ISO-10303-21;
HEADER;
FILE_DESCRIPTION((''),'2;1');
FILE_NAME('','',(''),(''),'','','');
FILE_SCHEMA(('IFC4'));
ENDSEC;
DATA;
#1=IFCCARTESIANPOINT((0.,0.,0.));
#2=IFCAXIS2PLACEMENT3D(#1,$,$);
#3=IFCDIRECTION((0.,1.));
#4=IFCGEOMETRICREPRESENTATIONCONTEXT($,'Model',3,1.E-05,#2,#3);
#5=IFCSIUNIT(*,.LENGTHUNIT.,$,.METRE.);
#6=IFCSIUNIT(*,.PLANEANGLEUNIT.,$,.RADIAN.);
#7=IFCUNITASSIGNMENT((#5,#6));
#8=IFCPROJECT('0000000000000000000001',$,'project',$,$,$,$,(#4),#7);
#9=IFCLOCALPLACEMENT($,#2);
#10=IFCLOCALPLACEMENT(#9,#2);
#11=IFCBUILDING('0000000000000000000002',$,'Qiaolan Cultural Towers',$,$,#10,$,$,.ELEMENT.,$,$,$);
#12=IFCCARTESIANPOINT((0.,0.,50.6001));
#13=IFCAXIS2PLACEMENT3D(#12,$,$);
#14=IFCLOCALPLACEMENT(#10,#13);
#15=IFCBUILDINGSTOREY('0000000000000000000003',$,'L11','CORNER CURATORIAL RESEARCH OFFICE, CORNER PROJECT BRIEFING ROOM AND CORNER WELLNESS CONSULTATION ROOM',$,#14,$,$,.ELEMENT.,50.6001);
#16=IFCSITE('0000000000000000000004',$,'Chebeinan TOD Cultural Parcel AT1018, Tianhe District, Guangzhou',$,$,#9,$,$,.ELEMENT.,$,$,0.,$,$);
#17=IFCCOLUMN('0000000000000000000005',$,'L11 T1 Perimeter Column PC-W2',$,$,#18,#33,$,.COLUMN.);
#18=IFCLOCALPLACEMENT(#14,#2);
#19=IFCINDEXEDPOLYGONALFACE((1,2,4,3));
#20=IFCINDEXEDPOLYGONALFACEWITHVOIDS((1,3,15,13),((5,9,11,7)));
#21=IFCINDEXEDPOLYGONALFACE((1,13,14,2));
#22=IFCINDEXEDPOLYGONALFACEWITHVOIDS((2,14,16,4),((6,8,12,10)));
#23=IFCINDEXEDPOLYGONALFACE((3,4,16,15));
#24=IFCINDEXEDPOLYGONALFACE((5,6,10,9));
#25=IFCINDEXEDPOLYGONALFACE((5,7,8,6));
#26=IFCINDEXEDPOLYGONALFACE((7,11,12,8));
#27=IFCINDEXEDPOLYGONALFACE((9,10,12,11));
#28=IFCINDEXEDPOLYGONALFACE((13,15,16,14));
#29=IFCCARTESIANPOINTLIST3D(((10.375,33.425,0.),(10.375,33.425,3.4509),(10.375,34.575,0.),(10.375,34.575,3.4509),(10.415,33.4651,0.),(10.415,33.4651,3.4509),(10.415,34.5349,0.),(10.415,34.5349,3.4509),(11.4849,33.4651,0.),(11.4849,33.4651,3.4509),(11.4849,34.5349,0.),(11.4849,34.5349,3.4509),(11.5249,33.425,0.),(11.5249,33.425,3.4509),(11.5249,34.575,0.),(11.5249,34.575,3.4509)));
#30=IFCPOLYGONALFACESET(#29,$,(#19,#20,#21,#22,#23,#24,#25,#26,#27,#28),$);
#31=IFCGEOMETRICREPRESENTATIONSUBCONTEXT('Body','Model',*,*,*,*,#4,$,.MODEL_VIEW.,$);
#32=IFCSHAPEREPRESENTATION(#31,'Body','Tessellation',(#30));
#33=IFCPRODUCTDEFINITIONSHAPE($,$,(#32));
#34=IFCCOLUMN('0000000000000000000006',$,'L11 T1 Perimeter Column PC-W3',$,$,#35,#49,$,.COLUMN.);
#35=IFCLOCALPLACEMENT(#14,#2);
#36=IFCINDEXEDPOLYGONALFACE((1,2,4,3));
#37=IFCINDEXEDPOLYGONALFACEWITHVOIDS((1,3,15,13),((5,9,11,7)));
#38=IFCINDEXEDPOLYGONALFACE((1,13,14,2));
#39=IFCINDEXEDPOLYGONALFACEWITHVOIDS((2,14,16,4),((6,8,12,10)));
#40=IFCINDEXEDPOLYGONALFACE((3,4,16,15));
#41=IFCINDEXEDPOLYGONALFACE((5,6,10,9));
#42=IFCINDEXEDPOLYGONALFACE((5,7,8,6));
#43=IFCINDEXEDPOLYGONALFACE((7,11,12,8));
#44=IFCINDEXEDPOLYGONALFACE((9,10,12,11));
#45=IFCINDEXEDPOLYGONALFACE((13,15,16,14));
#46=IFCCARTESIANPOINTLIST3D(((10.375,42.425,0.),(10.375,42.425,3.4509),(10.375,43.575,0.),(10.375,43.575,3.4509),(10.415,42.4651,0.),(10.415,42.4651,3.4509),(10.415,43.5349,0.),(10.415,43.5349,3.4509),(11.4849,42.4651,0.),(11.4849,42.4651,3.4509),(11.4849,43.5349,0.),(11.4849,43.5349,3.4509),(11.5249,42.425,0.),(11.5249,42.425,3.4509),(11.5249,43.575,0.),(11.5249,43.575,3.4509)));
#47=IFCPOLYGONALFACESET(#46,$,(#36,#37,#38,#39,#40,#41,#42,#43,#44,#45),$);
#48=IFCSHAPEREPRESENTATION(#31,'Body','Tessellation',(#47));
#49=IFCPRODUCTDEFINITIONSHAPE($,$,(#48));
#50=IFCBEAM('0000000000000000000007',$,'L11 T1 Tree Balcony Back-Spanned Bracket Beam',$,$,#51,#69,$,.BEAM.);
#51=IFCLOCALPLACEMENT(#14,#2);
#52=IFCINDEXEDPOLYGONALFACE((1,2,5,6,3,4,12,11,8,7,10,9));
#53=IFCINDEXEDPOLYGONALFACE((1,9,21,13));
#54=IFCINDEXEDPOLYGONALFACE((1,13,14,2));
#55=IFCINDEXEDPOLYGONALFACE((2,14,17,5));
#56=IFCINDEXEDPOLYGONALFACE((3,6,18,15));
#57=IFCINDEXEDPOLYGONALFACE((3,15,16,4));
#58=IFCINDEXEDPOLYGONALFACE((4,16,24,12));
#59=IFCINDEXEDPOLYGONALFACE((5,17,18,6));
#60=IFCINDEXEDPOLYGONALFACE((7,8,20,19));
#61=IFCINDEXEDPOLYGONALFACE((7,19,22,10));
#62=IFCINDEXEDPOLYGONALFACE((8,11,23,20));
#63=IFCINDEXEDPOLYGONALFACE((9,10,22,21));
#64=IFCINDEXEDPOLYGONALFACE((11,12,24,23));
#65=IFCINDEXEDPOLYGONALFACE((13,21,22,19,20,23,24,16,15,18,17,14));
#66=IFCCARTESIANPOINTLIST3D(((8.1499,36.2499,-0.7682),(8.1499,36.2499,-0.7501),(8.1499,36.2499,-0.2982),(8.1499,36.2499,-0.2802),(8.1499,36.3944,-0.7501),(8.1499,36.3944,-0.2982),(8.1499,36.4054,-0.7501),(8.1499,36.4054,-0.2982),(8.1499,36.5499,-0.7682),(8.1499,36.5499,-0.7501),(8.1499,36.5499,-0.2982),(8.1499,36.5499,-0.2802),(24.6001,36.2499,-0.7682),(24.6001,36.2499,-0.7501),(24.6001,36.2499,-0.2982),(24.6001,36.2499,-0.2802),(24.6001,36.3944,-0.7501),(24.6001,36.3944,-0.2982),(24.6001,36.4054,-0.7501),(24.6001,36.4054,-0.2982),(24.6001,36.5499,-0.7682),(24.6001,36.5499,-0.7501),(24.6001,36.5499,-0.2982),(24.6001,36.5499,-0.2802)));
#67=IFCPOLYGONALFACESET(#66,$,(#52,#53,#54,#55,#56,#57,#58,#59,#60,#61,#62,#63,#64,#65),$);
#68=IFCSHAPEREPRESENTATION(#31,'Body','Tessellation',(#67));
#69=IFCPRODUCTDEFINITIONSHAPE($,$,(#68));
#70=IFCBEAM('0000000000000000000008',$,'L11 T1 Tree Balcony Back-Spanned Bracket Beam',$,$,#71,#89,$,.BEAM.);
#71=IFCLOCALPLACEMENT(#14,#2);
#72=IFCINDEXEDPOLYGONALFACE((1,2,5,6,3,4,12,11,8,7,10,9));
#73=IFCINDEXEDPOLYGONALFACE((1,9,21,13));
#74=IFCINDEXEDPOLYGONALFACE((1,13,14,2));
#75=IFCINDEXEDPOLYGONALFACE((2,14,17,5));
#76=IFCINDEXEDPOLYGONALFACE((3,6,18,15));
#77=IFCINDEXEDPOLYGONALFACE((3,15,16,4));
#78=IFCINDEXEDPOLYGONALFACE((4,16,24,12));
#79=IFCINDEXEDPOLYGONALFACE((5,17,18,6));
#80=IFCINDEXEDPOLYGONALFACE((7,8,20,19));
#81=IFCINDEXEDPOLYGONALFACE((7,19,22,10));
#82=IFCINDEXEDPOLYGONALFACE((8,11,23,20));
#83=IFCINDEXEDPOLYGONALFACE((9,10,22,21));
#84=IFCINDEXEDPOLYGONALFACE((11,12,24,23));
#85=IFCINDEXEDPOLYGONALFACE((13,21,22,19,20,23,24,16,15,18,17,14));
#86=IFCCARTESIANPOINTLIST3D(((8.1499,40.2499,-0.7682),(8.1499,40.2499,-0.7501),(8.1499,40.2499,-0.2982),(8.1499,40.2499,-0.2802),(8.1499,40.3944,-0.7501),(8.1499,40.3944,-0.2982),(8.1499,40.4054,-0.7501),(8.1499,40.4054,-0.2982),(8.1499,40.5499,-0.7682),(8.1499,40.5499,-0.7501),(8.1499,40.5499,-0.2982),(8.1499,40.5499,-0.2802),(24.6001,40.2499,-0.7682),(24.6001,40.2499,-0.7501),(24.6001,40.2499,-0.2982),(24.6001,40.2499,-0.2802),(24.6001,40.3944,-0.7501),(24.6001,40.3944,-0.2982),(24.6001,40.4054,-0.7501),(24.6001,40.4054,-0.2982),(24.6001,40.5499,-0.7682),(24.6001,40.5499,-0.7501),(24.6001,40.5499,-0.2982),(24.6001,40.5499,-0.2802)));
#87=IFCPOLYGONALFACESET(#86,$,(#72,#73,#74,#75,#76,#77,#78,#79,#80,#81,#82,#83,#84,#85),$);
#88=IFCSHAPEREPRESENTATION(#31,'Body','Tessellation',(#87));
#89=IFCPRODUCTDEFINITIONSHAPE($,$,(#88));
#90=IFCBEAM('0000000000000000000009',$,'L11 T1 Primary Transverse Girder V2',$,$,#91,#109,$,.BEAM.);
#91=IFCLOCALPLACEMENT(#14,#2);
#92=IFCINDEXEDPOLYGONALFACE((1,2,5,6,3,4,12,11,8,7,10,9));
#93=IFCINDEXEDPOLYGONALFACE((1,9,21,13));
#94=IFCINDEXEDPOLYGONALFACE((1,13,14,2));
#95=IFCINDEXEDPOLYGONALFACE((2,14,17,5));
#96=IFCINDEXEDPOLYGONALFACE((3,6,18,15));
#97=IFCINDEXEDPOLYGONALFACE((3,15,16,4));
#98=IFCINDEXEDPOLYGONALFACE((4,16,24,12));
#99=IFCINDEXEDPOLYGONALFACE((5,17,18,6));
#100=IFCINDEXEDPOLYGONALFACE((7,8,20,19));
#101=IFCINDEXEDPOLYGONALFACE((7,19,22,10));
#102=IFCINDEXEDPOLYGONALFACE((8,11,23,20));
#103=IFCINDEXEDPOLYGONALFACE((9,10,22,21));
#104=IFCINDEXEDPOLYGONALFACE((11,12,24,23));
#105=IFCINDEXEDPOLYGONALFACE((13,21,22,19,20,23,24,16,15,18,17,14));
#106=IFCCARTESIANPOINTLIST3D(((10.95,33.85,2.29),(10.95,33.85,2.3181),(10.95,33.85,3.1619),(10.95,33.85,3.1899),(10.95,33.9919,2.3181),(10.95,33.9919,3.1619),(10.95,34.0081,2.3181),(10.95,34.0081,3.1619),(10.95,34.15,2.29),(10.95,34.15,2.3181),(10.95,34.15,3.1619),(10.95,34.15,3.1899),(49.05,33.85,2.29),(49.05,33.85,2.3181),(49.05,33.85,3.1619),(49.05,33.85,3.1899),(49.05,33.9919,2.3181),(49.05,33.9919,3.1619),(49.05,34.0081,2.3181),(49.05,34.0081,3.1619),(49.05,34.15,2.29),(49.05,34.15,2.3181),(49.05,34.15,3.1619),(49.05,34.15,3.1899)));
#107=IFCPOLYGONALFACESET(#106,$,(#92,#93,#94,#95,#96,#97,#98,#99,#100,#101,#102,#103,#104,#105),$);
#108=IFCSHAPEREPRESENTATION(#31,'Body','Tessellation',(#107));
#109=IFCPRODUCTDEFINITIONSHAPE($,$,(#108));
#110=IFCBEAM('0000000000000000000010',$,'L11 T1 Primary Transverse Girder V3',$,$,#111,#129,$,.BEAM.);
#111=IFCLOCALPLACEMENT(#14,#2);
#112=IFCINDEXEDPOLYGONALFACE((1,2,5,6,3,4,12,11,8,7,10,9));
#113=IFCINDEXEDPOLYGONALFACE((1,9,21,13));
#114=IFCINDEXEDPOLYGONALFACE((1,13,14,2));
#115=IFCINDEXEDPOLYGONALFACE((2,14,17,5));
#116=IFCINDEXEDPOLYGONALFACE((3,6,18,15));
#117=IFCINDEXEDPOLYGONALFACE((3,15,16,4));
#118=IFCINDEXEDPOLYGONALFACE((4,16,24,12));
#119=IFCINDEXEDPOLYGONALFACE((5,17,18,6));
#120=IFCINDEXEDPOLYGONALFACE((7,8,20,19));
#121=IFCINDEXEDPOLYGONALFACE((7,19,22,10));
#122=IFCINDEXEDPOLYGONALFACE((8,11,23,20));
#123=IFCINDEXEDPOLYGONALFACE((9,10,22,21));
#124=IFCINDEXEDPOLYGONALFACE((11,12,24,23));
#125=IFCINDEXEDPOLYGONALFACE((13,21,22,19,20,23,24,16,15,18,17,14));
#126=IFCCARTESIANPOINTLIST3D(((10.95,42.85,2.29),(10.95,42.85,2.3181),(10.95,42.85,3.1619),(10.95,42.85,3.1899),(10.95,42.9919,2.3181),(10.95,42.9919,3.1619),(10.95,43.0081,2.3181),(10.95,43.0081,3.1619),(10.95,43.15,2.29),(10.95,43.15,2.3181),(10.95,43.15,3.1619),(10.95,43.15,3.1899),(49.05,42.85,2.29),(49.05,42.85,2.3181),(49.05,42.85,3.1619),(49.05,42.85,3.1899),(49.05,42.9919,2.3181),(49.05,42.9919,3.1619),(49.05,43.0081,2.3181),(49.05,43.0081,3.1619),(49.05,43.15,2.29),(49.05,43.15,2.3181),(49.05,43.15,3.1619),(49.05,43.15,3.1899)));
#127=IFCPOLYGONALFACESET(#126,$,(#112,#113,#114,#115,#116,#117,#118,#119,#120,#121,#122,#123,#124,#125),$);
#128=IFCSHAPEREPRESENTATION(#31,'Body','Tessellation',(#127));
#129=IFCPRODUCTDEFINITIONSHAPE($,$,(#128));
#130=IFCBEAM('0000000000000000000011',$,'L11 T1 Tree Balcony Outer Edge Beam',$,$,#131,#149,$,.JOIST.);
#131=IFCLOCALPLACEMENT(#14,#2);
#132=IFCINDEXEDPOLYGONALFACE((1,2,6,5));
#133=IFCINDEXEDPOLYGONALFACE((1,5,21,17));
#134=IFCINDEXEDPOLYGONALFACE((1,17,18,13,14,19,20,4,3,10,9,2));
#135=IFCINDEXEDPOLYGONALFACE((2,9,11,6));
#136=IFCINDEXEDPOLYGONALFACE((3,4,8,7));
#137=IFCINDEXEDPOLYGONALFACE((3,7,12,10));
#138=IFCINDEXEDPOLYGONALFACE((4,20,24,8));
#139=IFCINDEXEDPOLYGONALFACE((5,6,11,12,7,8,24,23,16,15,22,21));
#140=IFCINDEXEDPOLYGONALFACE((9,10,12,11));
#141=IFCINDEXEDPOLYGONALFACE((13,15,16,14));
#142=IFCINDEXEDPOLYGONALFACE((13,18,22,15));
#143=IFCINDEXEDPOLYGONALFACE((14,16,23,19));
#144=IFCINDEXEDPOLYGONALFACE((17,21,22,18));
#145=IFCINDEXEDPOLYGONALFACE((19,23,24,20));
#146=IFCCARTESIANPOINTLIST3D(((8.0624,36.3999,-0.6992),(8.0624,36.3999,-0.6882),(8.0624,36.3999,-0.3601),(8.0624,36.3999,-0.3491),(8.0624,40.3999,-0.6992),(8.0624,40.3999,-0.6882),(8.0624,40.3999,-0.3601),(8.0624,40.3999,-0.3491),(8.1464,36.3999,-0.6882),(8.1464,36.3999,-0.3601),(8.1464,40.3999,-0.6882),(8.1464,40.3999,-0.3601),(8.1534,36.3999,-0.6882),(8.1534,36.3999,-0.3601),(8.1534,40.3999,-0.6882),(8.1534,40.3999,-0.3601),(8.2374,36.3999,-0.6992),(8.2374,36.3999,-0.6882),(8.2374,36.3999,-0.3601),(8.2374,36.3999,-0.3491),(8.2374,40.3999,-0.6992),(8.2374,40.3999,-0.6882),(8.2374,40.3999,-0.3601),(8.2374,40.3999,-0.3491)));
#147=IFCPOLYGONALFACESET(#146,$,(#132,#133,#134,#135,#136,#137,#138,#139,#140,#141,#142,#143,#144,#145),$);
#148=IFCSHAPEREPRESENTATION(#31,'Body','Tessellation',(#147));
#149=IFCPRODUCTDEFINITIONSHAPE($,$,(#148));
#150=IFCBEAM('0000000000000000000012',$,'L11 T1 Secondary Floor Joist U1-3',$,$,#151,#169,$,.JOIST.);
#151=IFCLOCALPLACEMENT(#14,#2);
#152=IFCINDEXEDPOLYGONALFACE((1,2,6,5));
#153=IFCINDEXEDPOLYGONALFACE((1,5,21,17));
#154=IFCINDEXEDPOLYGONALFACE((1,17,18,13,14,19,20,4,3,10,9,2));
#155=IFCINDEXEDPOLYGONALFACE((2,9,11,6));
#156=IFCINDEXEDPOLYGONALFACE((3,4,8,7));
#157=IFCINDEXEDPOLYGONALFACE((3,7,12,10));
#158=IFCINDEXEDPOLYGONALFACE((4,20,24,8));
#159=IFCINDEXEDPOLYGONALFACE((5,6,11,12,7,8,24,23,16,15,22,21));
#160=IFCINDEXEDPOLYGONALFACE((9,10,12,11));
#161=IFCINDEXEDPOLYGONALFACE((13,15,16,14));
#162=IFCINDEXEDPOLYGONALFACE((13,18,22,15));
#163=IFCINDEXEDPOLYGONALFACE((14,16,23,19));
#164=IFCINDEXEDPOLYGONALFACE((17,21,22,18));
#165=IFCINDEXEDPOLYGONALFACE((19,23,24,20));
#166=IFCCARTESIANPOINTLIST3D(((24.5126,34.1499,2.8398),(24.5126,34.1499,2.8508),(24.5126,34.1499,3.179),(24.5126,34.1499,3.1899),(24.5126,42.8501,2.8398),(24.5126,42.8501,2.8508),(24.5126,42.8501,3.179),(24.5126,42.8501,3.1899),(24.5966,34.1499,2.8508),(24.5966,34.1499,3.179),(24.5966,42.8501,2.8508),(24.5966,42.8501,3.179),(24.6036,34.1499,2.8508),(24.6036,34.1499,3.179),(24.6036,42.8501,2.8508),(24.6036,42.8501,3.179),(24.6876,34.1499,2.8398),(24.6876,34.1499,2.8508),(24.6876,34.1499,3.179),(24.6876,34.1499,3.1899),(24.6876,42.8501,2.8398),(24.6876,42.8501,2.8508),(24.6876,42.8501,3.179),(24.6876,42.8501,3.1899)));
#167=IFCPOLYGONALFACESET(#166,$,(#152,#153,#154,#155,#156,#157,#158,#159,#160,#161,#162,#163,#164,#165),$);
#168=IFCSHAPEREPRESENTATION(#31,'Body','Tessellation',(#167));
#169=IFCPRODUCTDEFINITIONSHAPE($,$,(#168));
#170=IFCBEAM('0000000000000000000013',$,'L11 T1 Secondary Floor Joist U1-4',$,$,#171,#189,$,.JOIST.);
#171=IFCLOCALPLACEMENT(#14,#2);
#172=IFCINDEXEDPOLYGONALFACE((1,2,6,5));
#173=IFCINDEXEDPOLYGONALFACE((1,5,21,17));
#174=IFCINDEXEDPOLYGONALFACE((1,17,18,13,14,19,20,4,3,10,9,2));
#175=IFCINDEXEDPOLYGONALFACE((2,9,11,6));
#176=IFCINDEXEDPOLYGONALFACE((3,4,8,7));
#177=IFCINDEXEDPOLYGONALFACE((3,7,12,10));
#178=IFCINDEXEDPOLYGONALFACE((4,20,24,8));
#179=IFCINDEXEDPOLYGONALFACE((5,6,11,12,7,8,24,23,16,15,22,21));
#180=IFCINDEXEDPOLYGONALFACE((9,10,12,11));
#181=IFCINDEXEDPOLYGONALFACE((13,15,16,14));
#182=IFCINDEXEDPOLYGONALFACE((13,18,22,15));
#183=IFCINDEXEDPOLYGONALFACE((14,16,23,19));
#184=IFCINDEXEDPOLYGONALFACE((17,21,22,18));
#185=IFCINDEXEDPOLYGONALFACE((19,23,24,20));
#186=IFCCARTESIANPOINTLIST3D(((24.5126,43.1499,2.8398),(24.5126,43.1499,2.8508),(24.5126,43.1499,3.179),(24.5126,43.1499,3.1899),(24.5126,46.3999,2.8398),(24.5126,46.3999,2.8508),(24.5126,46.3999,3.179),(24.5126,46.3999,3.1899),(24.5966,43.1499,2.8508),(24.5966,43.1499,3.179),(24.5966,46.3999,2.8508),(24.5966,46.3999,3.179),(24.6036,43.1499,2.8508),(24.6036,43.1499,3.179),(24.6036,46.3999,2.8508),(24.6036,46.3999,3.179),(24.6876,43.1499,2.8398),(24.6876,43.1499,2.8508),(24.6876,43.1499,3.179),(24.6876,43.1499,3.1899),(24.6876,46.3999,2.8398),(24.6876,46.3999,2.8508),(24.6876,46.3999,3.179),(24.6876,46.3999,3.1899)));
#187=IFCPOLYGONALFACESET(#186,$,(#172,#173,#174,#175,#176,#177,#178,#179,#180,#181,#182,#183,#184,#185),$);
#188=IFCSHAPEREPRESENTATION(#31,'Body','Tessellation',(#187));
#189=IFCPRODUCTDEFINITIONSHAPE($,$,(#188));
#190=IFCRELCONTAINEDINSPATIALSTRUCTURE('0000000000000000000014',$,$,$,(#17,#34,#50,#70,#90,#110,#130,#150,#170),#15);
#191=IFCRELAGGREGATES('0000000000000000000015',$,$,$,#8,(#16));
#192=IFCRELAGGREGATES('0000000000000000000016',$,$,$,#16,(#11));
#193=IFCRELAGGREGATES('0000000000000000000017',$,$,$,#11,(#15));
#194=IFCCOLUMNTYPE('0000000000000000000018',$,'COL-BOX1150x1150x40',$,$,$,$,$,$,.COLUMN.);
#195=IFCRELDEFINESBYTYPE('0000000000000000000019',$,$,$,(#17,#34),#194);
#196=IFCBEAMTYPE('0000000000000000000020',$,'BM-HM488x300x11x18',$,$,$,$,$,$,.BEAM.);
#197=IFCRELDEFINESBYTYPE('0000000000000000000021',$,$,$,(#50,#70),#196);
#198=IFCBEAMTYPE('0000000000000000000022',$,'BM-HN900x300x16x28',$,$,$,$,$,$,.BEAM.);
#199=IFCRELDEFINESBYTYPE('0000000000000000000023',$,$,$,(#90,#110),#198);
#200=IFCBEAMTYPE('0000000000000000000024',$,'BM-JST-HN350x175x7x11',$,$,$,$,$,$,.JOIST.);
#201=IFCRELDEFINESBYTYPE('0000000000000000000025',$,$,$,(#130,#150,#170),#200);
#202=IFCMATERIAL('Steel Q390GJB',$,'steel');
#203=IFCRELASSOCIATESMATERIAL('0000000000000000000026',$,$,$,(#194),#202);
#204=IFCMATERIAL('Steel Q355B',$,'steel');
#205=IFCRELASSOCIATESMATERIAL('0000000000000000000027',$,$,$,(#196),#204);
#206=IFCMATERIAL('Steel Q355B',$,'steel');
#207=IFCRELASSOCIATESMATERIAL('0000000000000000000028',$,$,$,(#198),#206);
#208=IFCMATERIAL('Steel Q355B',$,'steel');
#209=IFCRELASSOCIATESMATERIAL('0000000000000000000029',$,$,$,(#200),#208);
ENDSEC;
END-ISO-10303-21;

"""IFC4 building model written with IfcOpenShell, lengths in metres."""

from ifc_helpers import new_model, si_unit, direction, frame, origin, origin_2d, place, context, subcontext, project, spatial, hollow_rectangle, i_section, extrude, material, material_profile, profile_set, type_object, element, save


model = new_model("IFC4")

# Units and contexts
model_context = context("Model", 3, precision=1e-05, world=origin(), true_north=direction((0.0, 1.0)))
body_context = subcontext(model_context, "Body", "Model", "MODEL_VIEW")
ifc_project = project(units=[si_unit("LENGTHUNIT", "METRE"), si_unit("PLANEANGLEUNIT", "RADIAN")], contexts=[model_context])

# Site, building, storey
site_placement = place(None, origin())
site = spatial("IfcSite", under=ifc_project, at=site_placement, Name="Chebeinan TOD Cultural Parcel AT1018, Tianhe District, Guangzhou", CompositionType="ELEMENT", RefElevation=0.0)
building_placement = place(site_placement, origin())
building = spatial("IfcBuilding", under=site, at=building_placement, Name="Qiaolan Cultural Towers", CompositionType="ELEMENT")
storey_placement = place(building_placement, frame((0.0, 0.0, 50.6001)))
storey = spatial("IfcBuildingStorey", under=building, at=storey_placement, Name="L11", Description="CORNER CURATORIAL RESEARCH OFFICE, CORNER PROJECT BRIEFING ROOM AND CORNER WELLNESS CONSULTATION ROOM", CompositionType="ELEMENT", Elevation=50.6001)

# Columns
ifc_material_1 = material(Name="Steel Q390GJB", Category="steel")
ifc_material_profile_1 = material_profile(ifc_material_1, hollow_rectangle(XDim=1.1499, YDim=1.1499, WallThickness=0.04, at=origin_2d()), Name="BOX1150x1150x40")
ifc_profile_set_1 = profile_set([ifc_material_profile_1], Name="Steel Q390GJB")
column_type = type_object("IfcColumnType", Name="COL-BOX1150x1150x40", PredefinedType="COLUMN", material=ifc_profile_set_1)
for number, where, z_axis, x_axis, name in (
    (1, (10.95, 34.0, 0.0), (0.0, 0.0, 1.0), (1.0, 0.0, 0.0), "L11 T1 Perimeter Column PC-W2"),
    (2, (10.95, 43.0, 0.0), (0.0, 0.0, 1.0), (1.0, 0.0, 0.0), "L11 T1 Perimeter Column PC-W3"),
):
    element("IfcColumn", number, at=place(storey_placement, frame(where, z_axis=z_axis, x_axis=x_axis)), inside=storey, type_object=column_type, Name=name, PredefinedType="COLUMN", context=body_context, shape_type="SweptSolid", body=[
        extrude(hollow_rectangle(XDim=1.1499, YDim=1.1499, WallThickness=0.04, at=origin_2d()), origin(), (0.0, 0.0, 1.0), 3.4509),
    ])

# Beams
ifc_material_2 = material(Name="Steel Q355B", Category="steel")
ifc_material_profile_2 = material_profile(ifc_material_2, i_section(OverallWidth=0.3, OverallDepth=0.488, WebThickness=0.011, FlangeThickness=0.0181, at=origin_2d()), Name="HM488x300x11x18")
ifc_profile_set_2 = profile_set([ifc_material_profile_2], Name="Steel Q355B")
beam_type_1 = type_object("IfcBeamType", Name="BM-HM488x300x11x18", PredefinedType="BEAM", material=ifc_profile_set_2)
for number, where, z_axis, x_axis, name in (
    (3, (24.6001, 36.3999, -0.5242), (-1.0, 0.0, 0.0), (0.0, -1.0, 0.0), "L11 T1 Tree Balcony Back-Spanned Bracket Beam"),
    (4, (24.6001, 40.3999, -0.5242), (-1.0, 0.0, 0.0), (0.0, -1.0, 0.0), "L11 T1 Tree Balcony Back-Spanned Bracket Beam"),
):
    element("IfcBeam", number, at=place(storey_placement, frame(where, z_axis=z_axis, x_axis=x_axis)), inside=storey, type_object=beam_type_1, Name=name, PredefinedType="BEAM", context=body_context, shape_type="SweptSolid", body=[
        extrude(i_section(OverallWidth=0.3, OverallDepth=0.488, WebThickness=0.011, FlangeThickness=0.0181, at=origin_2d()), origin(), (0.0, 0.0, 1.0), 16.4502),
    ])
ifc_material_3 = material(Name="Steel Q355B", Category="steel")
ifc_material_profile_3 = material_profile(ifc_material_3, i_section(OverallWidth=0.3, OverallDepth=0.8999, WebThickness=0.0161, FlangeThickness=0.0281, at=origin_2d()), Name="HN900x300x16x28")
ifc_profile_set_3 = profile_set([ifc_material_profile_3], Name="Steel Q355B")
beam_type_2 = type_object("IfcBeamType", Name="BM-HN900x300x16x28", PredefinedType="BEAM", material=ifc_profile_set_3)
for number, where, z_axis, x_axis, name in (
    (5, (10.95, 34.0, 2.74), (1.0, 0.0, 0.0), (0.0, 1.0, 0.0), "L11 T1 Primary Transverse Girder V2"),
    (6, (10.95, 43.0, 2.74), (1.0, 0.0, 0.0), (0.0, 1.0, 0.0), "L11 T1 Primary Transverse Girder V3"),
):
    element("IfcBeam", number, at=place(storey_placement, frame(where, z_axis=z_axis, x_axis=x_axis)), inside=storey, type_object=beam_type_2, Name=name, PredefinedType="BEAM", context=body_context, shape_type="SweptSolid", body=[
        extrude(i_section(OverallWidth=0.3, OverallDepth=0.8999, WebThickness=0.0161, FlangeThickness=0.0281, at=origin_2d()), origin(), (0.0, 0.0, 1.0), 38.1001),
    ])
ifc_material_4 = material(Name="Steel Q355B", Category="steel")
ifc_material_profile_4 = material_profile(ifc_material_4, i_section(OverallWidth=0.175, OverallDepth=0.3501, WebThickness=0.0071, FlangeThickness=0.011, at=origin_2d()), Name="HN350x175x7x11")
ifc_profile_set_4 = profile_set([ifc_material_profile_4], Name="Steel Q355B")
beam_type_3 = type_object("IfcBeamType", Name="BM-JST-HN350x175x7x11", PredefinedType="JOIST", material=ifc_profile_set_4)
beam_1_placement = place(storey_placement, frame((8.1499, 36.3999, -0.5242), z_axis=(0.0, 1.0, 0.0), x_axis=(-1.0, 0.0, 0.0)))
element("IfcBeam", 7, at=beam_1_placement, inside=storey, type_object=beam_type_3, Name="L11 T1 Tree Balcony Outer Edge Beam", PredefinedType="JOIST", context=body_context, shape_type="SweptSolid", body=[
    extrude(i_section(OverallWidth=0.175, OverallDepth=0.3501, WebThickness=0.0071, FlangeThickness=0.011, at=origin_2d()), origin(), (0.0, 0.0, 1.0), 4.0),
])
beam_2_placement = place(storey_placement, frame((24.6001, 34.1499, 3.0149), z_axis=(0.0, 1.0, 0.0), x_axis=(-1.0, 0.0, 0.0)))
element("IfcBeam", 8, at=beam_2_placement, inside=storey, type_object=beam_type_3, Name="L11 T1 Secondary Floor Joist U1-3", PredefinedType="JOIST", context=body_context, shape_type="SweptSolid", body=[
    extrude(i_section(OverallWidth=0.175, OverallDepth=0.3501, WebThickness=0.0071, FlangeThickness=0.011, at=origin_2d()), origin(), (0.0, 0.0, 1.0), 8.7002),
])
beam_3_placement = place(storey_placement, frame((24.6001, 43.1499, 3.0149), z_axis=(0.0, 1.0, 0.0), x_axis=(-1.0, 0.0, 0.0)))
element("IfcBeam", 9, at=beam_3_placement, inside=storey, type_object=beam_type_3, Name="L11 T1 Secondary Floor Joist U1-4", PredefinedType="JOIST", context=body_context, shape_type="SweptSolid", body=[
    extrude(i_section(OverallWidth=0.175, OverallDepth=0.3501, WebThickness=0.0071, FlangeThickness=0.011, at=origin_2d()), origin(), (0.0, 0.0, 1.0), 3.25),
])

save(model, "model.ifc")
